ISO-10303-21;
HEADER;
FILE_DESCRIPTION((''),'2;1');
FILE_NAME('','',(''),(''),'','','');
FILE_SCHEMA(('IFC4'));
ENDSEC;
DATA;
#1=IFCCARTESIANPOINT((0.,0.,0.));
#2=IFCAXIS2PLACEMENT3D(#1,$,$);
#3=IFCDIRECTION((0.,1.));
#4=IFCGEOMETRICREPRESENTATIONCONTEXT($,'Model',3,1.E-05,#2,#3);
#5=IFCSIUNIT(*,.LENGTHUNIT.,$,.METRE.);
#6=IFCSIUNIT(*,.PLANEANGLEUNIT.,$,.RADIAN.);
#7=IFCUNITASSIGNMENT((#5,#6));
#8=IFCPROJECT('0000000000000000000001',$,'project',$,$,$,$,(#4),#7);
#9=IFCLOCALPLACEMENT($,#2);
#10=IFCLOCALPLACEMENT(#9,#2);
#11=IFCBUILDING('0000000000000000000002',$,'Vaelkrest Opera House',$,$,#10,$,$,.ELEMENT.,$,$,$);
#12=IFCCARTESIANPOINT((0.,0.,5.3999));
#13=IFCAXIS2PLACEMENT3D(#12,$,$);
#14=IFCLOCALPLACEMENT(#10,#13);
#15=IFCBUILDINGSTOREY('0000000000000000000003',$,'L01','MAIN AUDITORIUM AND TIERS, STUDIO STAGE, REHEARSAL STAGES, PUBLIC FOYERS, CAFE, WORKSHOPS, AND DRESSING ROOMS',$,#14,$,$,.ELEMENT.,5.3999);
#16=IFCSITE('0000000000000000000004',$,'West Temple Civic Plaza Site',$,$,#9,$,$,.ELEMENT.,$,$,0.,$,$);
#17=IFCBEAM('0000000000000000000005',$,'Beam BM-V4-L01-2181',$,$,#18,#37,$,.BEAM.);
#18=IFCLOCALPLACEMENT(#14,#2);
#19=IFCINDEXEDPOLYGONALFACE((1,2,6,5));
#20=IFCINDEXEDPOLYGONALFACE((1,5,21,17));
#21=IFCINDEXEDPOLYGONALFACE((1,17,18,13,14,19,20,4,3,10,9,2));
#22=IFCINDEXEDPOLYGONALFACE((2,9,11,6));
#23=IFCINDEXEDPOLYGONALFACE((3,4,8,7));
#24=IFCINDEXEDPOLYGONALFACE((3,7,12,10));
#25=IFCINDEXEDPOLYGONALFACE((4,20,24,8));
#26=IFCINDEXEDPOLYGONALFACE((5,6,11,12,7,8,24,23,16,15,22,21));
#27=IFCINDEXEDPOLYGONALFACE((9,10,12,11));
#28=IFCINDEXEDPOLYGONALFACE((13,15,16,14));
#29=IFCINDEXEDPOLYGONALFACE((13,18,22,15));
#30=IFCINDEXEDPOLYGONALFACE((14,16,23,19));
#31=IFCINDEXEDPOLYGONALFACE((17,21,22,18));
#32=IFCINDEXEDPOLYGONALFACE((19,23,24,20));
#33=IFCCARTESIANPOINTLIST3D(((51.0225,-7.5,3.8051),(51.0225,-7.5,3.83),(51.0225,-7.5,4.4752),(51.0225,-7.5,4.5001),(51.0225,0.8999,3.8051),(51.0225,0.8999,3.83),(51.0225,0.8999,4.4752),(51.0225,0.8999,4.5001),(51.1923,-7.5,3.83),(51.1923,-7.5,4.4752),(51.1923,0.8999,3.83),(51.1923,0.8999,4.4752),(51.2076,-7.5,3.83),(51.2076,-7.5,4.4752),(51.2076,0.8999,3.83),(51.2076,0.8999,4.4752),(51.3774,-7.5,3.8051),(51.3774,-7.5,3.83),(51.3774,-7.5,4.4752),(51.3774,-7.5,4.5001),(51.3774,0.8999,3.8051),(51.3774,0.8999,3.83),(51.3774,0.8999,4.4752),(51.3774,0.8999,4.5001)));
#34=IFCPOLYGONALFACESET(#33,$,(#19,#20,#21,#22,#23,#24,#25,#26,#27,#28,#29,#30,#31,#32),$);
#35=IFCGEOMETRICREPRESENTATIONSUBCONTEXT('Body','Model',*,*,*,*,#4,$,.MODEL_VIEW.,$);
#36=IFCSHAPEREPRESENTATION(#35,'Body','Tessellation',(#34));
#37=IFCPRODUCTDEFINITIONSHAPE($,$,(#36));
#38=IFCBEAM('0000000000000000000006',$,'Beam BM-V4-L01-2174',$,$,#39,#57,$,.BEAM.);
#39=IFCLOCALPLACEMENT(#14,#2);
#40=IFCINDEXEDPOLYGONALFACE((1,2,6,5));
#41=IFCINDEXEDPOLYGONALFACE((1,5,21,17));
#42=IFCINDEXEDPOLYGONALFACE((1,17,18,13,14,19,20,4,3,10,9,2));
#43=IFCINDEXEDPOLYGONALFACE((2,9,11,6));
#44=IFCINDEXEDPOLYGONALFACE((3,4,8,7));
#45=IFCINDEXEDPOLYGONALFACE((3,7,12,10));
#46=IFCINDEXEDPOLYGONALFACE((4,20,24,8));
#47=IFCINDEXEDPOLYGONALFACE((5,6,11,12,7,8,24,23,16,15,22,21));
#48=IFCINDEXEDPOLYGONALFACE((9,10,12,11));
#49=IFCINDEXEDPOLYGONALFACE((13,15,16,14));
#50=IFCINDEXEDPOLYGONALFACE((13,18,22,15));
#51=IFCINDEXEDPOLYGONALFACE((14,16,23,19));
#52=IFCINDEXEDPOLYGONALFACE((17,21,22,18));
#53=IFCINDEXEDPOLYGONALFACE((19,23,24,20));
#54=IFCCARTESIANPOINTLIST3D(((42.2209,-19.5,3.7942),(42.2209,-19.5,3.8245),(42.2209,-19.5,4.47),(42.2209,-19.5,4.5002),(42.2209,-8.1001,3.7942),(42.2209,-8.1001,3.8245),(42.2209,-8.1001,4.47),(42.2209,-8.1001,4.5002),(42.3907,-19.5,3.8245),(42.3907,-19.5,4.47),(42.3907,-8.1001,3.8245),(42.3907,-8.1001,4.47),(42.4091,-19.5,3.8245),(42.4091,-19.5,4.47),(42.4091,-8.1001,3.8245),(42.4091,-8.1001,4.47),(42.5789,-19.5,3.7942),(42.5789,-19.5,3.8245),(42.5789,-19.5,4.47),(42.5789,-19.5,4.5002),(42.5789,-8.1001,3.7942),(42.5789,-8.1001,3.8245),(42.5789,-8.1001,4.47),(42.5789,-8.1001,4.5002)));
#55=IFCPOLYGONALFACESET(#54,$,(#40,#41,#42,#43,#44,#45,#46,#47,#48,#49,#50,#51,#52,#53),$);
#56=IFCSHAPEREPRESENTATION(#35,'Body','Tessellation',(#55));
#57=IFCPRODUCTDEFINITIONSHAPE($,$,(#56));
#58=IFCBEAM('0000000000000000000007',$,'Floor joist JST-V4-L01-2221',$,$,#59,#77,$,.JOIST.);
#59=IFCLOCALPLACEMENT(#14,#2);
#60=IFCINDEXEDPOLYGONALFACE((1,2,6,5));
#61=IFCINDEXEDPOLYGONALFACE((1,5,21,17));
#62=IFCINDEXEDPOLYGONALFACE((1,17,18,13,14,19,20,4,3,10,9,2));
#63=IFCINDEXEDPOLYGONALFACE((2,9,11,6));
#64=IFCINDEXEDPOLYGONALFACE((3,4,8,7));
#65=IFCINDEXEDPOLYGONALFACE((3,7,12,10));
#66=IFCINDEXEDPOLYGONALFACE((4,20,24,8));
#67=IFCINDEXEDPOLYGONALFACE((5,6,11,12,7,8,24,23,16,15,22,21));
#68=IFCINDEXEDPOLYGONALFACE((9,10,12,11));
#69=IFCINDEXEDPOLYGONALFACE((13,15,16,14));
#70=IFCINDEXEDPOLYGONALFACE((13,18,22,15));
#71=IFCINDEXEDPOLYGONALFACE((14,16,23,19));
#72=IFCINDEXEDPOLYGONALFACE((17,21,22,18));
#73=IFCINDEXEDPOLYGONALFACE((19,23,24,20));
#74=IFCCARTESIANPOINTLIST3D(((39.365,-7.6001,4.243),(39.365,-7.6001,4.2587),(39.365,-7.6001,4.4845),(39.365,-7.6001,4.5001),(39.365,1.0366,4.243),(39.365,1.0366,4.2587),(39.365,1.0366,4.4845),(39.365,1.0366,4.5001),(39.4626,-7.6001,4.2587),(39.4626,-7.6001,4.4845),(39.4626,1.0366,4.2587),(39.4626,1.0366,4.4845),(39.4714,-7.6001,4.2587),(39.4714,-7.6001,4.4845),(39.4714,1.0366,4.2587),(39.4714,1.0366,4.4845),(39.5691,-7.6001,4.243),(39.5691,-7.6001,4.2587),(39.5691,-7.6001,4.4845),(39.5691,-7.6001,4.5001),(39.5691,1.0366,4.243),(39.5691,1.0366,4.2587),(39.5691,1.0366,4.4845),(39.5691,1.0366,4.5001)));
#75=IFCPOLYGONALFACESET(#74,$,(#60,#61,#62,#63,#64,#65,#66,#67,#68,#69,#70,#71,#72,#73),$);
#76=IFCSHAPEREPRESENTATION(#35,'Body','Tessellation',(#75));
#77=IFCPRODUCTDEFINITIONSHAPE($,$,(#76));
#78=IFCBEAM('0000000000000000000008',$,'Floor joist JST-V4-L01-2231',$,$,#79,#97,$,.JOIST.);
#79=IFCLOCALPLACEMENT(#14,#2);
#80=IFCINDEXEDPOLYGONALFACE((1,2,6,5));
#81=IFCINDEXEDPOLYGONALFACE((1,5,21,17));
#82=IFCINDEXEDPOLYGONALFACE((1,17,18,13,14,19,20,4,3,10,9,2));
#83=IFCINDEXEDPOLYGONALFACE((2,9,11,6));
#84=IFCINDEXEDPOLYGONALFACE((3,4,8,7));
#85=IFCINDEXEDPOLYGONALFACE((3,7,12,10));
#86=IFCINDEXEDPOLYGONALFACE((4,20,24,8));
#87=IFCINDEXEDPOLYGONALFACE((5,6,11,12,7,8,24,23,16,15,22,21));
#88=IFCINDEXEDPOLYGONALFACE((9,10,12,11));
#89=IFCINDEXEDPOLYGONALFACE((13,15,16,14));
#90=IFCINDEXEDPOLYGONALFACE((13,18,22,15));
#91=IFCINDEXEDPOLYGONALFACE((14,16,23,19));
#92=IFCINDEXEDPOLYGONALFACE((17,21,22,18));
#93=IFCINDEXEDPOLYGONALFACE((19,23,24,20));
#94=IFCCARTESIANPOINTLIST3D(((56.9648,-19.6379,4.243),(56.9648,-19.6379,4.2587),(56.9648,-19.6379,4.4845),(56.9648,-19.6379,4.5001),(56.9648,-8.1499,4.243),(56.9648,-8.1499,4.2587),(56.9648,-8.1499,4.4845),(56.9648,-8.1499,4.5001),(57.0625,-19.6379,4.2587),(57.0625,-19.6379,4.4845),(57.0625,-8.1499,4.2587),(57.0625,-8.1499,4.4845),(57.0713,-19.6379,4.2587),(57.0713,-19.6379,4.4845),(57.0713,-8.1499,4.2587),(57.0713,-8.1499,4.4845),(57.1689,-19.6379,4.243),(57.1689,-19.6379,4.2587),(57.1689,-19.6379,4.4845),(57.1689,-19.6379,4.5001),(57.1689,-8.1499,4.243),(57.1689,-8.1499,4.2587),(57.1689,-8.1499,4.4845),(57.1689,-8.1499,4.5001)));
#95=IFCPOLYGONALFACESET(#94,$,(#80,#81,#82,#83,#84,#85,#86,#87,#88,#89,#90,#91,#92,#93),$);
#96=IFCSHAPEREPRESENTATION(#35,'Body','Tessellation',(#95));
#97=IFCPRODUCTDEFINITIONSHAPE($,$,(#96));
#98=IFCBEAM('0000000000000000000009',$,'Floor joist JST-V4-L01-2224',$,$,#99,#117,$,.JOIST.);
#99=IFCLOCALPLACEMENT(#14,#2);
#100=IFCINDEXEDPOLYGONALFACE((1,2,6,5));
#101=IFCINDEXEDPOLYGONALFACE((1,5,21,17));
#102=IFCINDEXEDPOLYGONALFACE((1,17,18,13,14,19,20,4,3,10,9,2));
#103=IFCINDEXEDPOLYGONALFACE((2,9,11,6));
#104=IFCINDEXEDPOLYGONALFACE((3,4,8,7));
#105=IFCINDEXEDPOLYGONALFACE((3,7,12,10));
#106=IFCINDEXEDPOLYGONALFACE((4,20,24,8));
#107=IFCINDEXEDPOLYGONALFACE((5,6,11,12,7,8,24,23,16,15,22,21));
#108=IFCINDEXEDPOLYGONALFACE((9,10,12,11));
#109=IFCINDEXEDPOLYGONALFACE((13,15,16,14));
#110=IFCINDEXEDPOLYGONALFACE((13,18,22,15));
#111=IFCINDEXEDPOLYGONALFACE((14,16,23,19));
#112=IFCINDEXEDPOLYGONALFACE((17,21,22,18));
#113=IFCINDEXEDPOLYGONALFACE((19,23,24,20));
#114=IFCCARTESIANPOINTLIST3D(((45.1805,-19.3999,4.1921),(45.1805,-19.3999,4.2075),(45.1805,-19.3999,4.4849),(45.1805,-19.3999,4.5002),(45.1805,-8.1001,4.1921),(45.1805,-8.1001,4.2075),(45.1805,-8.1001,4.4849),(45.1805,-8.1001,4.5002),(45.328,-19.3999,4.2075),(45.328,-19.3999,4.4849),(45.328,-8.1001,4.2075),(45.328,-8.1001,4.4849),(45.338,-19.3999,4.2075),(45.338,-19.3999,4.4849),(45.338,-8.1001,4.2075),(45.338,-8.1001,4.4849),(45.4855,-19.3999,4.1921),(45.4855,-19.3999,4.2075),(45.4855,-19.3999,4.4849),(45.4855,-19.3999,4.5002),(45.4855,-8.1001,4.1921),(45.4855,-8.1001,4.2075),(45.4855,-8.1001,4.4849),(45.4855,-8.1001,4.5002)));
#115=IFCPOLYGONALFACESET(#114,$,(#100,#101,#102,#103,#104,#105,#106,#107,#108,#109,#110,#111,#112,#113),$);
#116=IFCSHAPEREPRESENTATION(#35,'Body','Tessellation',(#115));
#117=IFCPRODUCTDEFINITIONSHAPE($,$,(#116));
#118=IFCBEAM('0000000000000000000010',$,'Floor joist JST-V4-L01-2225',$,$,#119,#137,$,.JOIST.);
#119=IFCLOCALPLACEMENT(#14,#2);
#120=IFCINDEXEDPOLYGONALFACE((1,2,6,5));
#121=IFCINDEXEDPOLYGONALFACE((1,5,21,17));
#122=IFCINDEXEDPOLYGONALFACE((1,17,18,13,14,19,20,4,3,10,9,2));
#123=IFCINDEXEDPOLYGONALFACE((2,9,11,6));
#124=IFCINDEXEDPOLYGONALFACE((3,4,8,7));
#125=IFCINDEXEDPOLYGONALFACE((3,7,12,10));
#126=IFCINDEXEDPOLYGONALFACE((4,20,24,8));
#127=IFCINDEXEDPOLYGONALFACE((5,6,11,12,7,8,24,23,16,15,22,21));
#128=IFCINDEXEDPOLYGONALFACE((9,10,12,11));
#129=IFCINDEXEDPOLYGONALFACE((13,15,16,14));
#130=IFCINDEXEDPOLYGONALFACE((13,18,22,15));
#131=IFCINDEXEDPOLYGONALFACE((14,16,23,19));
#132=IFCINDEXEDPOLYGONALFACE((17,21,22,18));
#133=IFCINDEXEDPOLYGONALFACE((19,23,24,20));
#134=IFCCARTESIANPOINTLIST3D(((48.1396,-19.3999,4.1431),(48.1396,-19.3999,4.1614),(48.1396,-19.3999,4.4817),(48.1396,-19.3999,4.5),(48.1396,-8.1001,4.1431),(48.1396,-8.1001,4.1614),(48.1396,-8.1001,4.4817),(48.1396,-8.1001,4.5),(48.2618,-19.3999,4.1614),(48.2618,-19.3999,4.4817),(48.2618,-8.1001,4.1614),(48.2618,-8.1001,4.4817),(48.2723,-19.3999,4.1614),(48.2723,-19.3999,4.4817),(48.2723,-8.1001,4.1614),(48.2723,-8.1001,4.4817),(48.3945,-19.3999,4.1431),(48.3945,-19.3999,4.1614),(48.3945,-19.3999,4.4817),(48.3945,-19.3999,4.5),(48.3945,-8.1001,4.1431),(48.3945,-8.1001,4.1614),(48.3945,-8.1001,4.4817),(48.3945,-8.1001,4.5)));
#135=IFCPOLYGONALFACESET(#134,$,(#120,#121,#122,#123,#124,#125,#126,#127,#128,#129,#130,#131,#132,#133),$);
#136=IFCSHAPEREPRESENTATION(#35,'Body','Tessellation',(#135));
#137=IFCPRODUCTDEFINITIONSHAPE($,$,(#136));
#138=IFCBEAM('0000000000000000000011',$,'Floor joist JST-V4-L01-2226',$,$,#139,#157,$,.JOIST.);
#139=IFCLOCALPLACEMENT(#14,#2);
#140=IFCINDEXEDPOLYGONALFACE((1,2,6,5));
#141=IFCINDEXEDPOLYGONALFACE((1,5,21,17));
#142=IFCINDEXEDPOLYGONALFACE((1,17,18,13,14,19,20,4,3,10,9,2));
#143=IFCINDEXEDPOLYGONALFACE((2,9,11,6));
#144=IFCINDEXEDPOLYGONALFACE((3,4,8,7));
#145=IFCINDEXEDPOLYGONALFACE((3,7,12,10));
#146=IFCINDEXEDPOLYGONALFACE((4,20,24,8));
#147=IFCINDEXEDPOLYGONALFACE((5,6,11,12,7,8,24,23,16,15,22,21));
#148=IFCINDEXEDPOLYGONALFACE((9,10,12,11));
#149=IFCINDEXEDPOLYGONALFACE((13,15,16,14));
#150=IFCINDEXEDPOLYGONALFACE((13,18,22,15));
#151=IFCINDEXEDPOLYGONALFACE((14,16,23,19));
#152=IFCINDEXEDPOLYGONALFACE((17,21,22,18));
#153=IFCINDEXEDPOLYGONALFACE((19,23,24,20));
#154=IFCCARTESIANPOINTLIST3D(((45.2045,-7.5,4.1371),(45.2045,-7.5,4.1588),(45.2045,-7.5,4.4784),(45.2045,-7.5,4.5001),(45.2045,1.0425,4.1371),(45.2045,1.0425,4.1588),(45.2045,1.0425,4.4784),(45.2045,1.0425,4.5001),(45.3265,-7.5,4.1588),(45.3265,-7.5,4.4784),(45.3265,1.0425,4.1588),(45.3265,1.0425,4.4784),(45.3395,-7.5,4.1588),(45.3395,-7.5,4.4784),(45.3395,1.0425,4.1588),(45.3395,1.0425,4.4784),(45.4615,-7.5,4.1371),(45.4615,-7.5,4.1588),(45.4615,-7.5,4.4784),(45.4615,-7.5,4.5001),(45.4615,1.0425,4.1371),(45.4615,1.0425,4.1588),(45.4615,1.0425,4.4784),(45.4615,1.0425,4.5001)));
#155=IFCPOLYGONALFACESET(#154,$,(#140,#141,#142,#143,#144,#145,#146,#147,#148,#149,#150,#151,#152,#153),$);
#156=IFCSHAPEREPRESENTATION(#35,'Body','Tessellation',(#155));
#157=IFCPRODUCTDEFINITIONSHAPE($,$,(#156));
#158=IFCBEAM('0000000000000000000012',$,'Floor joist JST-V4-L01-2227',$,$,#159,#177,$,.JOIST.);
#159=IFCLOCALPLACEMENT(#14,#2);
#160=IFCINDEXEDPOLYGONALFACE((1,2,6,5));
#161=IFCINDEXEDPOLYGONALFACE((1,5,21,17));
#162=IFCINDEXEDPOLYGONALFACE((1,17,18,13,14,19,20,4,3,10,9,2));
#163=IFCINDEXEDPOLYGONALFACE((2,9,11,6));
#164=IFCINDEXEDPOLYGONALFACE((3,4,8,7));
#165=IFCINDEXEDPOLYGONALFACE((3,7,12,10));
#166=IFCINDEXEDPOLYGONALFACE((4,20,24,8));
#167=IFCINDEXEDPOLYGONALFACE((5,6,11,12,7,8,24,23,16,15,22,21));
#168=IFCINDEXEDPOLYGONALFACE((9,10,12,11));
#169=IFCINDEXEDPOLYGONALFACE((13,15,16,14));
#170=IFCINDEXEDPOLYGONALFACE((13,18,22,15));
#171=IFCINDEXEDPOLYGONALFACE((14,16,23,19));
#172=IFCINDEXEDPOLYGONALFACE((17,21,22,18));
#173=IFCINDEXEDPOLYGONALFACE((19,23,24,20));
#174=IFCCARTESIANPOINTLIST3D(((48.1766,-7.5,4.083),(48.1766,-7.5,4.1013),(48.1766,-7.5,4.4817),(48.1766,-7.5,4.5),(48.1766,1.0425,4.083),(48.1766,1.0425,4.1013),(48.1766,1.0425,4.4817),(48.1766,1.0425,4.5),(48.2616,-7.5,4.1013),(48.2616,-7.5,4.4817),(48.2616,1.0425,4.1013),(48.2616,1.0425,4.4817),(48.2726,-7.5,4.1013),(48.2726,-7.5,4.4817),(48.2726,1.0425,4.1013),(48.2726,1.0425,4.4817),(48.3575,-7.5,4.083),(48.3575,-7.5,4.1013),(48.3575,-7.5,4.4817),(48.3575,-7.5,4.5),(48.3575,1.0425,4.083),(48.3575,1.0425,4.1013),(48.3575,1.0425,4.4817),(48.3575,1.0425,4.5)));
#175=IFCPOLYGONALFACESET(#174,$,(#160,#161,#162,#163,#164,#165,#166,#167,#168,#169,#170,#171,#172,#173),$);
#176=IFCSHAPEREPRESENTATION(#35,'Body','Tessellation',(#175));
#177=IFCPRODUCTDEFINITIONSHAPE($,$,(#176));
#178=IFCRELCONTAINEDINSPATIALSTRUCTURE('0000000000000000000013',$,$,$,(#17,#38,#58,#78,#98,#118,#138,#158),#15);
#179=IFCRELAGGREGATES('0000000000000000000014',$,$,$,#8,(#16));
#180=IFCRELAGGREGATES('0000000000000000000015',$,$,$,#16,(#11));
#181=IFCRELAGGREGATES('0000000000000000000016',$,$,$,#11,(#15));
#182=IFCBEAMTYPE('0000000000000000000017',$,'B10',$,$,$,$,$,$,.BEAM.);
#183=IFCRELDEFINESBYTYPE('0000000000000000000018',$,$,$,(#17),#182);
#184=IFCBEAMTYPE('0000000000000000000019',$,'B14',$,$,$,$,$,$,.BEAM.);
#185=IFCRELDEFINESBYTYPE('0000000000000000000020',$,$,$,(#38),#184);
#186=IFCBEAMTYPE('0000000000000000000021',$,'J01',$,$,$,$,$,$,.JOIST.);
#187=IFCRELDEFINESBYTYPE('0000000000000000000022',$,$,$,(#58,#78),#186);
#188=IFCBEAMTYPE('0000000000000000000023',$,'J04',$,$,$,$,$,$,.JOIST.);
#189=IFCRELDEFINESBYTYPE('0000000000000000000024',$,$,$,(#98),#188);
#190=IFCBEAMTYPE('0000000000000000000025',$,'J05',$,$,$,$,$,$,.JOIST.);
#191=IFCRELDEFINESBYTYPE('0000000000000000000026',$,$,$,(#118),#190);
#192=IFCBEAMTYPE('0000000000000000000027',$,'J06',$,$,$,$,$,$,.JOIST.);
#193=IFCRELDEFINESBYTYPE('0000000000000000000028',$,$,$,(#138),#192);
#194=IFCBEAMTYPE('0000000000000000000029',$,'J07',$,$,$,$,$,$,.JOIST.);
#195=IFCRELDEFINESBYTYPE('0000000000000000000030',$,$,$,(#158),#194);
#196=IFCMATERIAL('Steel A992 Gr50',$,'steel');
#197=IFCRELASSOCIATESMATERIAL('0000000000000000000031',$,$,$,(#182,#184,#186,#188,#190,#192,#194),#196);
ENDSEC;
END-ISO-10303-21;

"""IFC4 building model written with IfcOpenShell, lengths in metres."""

from ifc_helpers import new_model, si_unit, direction, frame, origin, origin_2d, place, context, subcontext, project, spatial, i_section, extrude, material, material_profile, profile_set, type_object, element, save


model = new_model("IFC4")

# Units and contexts
model_context = context("Model", 3, precision=1e-05, world=origin(), true_north=direction((0.0, 1.0)))
body_context = subcontext(model_context, "Body", "Model", "MODEL_VIEW")
ifc_project = project(units=[si_unit("LENGTHUNIT", "METRE"), si_unit("PLANEANGLEUNIT", "RADIAN")], contexts=[model_context])

# Site, building, storey
site_placement = place(None, origin())
site = spatial("IfcSite", under=ifc_project, at=site_placement, Name="West Temple Civic Plaza Site", CompositionType="ELEMENT", RefElevation=0.0)
building_placement = place(site_placement, origin())
building = spatial("IfcBuilding", under=site, at=building_placement, Name="Vaelkrest Opera House", CompositionType="ELEMENT")
storey_placement = place(building_placement, frame((0.0, 0.0, 5.3999)))
storey = spatial("IfcBuildingStorey", under=building, at=storey_placement, Name="L01", Description="MAIN AUDITORIUM AND TIERS, STUDIO STAGE, REHEARSAL STAGES, PUBLIC FOYERS, CAFE, WORKSHOPS, AND DRESSING ROOMS", CompositionType="ELEMENT", Elevation=5.3999)

# Beams
ifc_material_1 = material(Name="Steel A992 Gr50", Category="steel")
ifc_material_profile_1 = material_profile(ifc_material_1, i_section(OverallWidth=0.355, OverallDepth=0.6951, WebThickness=0.0154, FlangeThickness=0.0249, at=origin_2d()), Name="W27X146")
ifc_profile_set_1 = profile_set([ifc_material_profile_1], Name="Steel A992 Gr50")
beam_type_1 = type_object("IfcBeamType", Name="B10", PredefinedType="BEAM", material=ifc_profile_set_1)
beam_1_placement = place(storey_placement, frame((51.2, -7.5, 4.1526), z_axis=(0.0, 1.0, 0.0), x_axis=(-1.0, 0.0, 0.0)))
element("IfcBeam", 1, at=beam_1_placement, inside=storey, type_object=beam_type_1, Name="Beam BM-V4-L01-2181", PredefinedType="BEAM", context=body_context, shape_type="SweptSolid", body=[
    extrude(i_section(OverallWidth=0.355, OverallDepth=0.6951, WebThickness=0.0154, FlangeThickness=0.0249, at=origin_2d()), origin(), (0.0, 0.0, 1.0), 8.3999),
])
ifc_material_profile_2 = material_profile(ifc_material_1, i_section(OverallWidth=0.3579, OverallDepth=0.7061, WebThickness=0.0183, FlangeThickness=0.0303, at=origin_2d()), Name="W27X178")
ifc_profile_set_2 = profile_set([ifc_material_profile_2], Name="Steel A992 Gr50")
beam_type_2 = type_object("IfcBeamType", Name="B14", PredefinedType="BEAM", material=ifc_profile_set_2)
beam_2_placement = place(storey_placement, frame((42.3999, -19.5, 4.1472), z_axis=(0.0, 1.0, 0.0), x_axis=(-1.0, 0.0, 0.0)))
element("IfcBeam", 2, at=beam_2_placement, inside=storey, type_object=beam_type_2, Name="Beam BM-V4-L01-2174", PredefinedType="BEAM", context=body_context, shape_type="SweptSolid", body=[
    extrude(i_section(OverallWidth=0.3579, OverallDepth=0.7061, WebThickness=0.0183, FlangeThickness=0.0303, at=origin_2d()), origin(), (0.0, 0.0, 1.0), 11.3999),
])
ifc_material_profile_3 = material_profile(ifc_material_1, i_section(OverallWidth=0.2041, OverallDepth=0.2571, WebThickness=0.0088, FlangeThickness=0.0156, at=origin_2d()), Name="W10X45")
ifc_profile_set_3 = profile_set([ifc_material_profile_3], Name="Steel A992 Gr50")
beam_type_3 = type_object("IfcBeamType", Name="J01", PredefinedType="JOIST", material=ifc_profile_set_3)
beam_3_placement = place(storey_placement, frame((39.467, -7.6001, 4.3716), z_axis=(0.0, 1.0, 0.0), x_axis=(-1.0, 0.0, 0.0)))
element("IfcBeam", 3, at=beam_3_placement, inside=storey, type_object=beam_type_3, Name="Floor joist JST-V4-L01-2221", PredefinedType="JOIST", context=body_context, shape_type="SweptSolid", body=[
    extrude(i_section(OverallWidth=0.2041, OverallDepth=0.2571, WebThickness=0.0088, FlangeThickness=0.0156, at=origin_2d()), origin(), (0.0, 0.0, 1.0), 8.6367),
])
beam_4_placement = place(storey_placement, frame((57.0669, -19.6379, 4.3716), z_axis=(0.0, 1.0, 0.0), x_axis=(-1.0, 0.0, 0.0)))
element("IfcBeam", 4, at=beam_4_placement, inside=storey, type_object=beam_type_3, Name="Floor joist JST-V4-L01-2231", PredefinedType="JOIST", context=body_context, shape_type="SweptSolid", body=[
    extrude(i_section(OverallWidth=0.2041, OverallDepth=0.2571, WebThickness=0.0088, FlangeThickness=0.0156, at=origin_2d()), origin(), (0.0, 0.0, 1.0), 11.488),
])
ifc_material_profile_4 = material_profile(ifc_material_1, i_section(OverallWidth=0.3049, OverallDepth=0.3081, WebThickness=0.01, FlangeThickness=0.0154, at=origin_2d()), Name="W12X65")
ifc_profile_set_4 = profile_set([ifc_material_profile_4], Name="Steel A992 Gr50")
beam_type_4 = type_object("IfcBeamType", Name="J04", PredefinedType="JOIST", material=ifc_profile_set_4)
beam_5_placement = place(storey_placement, frame((45.333, -19.3999, 4.3462), z_axis=(0.0, 1.0, 0.0), x_axis=(-1.0, 0.0, 0.0)))
element("IfcBeam", 5, at=beam_5_placement, inside=storey, type_object=beam_type_4, Name="Floor joist JST-V4-L01-2224", PredefinedType="JOIST", context=body_context, shape_type="SweptSolid", body=[
    extrude(i_section(OverallWidth=0.3049, OverallDepth=0.3081, WebThickness=0.01, FlangeThickness=0.0154, at=origin_2d()), origin(), (0.0, 0.0, 1.0), 11.2998),
])
ifc_material_profile_5 = material_profile(ifc_material_1, i_section(OverallWidth=0.2549, OverallDepth=0.3569, WebThickness=0.0105, FlangeThickness=0.0183, at=origin_2d()), Name="W14X68")
ifc_profile_set_5 = profile_set([ifc_material_profile_5], Name="Steel A992 Gr50")
beam_type_5 = type_object("IfcBeamType", Name="J05", PredefinedType="JOIST", material=ifc_profile_set_5)
beam_6_placement = place(storey_placement, frame((48.2671, -19.3999, 4.3215), z_axis=(0.0, 1.0, 0.0), x_axis=(-1.0, 0.0, 0.0)))
element("IfcBeam", 6, at=beam_6_placement, inside=storey, type_object=beam_type_5, Name="Floor joist JST-V4-L01-2225", PredefinedType="JOIST", context=body_context, shape_type="SweptSolid", body=[
    extrude(i_section(OverallWidth=0.2549, OverallDepth=0.3569, WebThickness=0.0105, FlangeThickness=0.0183, at=origin_2d()), origin(), (0.0, 0.0, 1.0), 11.2998),
])
ifc_material_profile_6 = material_profile(ifc_material_1, i_section(OverallWidth=0.2571, OverallDepth=0.363, WebThickness=0.0129, FlangeThickness=0.0217, at=origin_2d()), Name="W14X82")
ifc_profile_set_6 = profile_set([ifc_material_profile_6], Name="Steel A992 Gr50")
beam_type_6 = type_object("IfcBeamType", Name="J06", PredefinedType="JOIST", material=ifc_profile_set_6)
beam_7_placement = place(storey_placement, frame((45.333, -7.5, 4.3186), z_axis=(0.0, 1.0, 0.0), x_axis=(-1.0, 0.0, 0.0)))
element("IfcBeam", 7, at=beam_7_placement, inside=storey, type_object=beam_type_6, Name="Floor joist JST-V4-L01-2226", PredefinedType="JOIST", context=body_context, shape_type="SweptSolid", body=[
    extrude(i_section(OverallWidth=0.2571, OverallDepth=0.363, WebThickness=0.0129, FlangeThickness=0.0217, at=origin_2d()), origin(), (0.0, 0.0, 1.0), 8.5425),
])
ifc_material_profile_7 = material_profile(ifc_material_1, i_section(OverallWidth=0.1809, OverallDepth=0.417, WebThickness=0.011, FlangeThickness=0.0183, at=origin_2d()), Name="W16X57")
ifc_profile_set_7 = profile_set([ifc_material_profile_7], Name="Steel A992 Gr50")
beam_type_7 = type_object("IfcBeamType", Name="J07", PredefinedType="JOIST", material=ifc_profile_set_7)
beam_8_placement = place(storey_placement, frame((48.2671, -7.5, 4.2915), z_axis=(0.0, 1.0, 0.0), x_axis=(-1.0, 0.0, 0.0)))
element("IfcBeam", 8, at=beam_8_placement, inside=storey, type_object=beam_type_7, Name="Floor joist JST-V4-L01-2227", PredefinedType="JOIST", context=body_context, shape_type="SweptSolid", body=[
    extrude(i_section(OverallWidth=0.1809, OverallDepth=0.417, WebThickness=0.011, FlangeThickness=0.0183, at=origin_2d()), origin(), (0.0, 0.0, 1.0), 8.5425),
])

save(model, "model.ifc")
